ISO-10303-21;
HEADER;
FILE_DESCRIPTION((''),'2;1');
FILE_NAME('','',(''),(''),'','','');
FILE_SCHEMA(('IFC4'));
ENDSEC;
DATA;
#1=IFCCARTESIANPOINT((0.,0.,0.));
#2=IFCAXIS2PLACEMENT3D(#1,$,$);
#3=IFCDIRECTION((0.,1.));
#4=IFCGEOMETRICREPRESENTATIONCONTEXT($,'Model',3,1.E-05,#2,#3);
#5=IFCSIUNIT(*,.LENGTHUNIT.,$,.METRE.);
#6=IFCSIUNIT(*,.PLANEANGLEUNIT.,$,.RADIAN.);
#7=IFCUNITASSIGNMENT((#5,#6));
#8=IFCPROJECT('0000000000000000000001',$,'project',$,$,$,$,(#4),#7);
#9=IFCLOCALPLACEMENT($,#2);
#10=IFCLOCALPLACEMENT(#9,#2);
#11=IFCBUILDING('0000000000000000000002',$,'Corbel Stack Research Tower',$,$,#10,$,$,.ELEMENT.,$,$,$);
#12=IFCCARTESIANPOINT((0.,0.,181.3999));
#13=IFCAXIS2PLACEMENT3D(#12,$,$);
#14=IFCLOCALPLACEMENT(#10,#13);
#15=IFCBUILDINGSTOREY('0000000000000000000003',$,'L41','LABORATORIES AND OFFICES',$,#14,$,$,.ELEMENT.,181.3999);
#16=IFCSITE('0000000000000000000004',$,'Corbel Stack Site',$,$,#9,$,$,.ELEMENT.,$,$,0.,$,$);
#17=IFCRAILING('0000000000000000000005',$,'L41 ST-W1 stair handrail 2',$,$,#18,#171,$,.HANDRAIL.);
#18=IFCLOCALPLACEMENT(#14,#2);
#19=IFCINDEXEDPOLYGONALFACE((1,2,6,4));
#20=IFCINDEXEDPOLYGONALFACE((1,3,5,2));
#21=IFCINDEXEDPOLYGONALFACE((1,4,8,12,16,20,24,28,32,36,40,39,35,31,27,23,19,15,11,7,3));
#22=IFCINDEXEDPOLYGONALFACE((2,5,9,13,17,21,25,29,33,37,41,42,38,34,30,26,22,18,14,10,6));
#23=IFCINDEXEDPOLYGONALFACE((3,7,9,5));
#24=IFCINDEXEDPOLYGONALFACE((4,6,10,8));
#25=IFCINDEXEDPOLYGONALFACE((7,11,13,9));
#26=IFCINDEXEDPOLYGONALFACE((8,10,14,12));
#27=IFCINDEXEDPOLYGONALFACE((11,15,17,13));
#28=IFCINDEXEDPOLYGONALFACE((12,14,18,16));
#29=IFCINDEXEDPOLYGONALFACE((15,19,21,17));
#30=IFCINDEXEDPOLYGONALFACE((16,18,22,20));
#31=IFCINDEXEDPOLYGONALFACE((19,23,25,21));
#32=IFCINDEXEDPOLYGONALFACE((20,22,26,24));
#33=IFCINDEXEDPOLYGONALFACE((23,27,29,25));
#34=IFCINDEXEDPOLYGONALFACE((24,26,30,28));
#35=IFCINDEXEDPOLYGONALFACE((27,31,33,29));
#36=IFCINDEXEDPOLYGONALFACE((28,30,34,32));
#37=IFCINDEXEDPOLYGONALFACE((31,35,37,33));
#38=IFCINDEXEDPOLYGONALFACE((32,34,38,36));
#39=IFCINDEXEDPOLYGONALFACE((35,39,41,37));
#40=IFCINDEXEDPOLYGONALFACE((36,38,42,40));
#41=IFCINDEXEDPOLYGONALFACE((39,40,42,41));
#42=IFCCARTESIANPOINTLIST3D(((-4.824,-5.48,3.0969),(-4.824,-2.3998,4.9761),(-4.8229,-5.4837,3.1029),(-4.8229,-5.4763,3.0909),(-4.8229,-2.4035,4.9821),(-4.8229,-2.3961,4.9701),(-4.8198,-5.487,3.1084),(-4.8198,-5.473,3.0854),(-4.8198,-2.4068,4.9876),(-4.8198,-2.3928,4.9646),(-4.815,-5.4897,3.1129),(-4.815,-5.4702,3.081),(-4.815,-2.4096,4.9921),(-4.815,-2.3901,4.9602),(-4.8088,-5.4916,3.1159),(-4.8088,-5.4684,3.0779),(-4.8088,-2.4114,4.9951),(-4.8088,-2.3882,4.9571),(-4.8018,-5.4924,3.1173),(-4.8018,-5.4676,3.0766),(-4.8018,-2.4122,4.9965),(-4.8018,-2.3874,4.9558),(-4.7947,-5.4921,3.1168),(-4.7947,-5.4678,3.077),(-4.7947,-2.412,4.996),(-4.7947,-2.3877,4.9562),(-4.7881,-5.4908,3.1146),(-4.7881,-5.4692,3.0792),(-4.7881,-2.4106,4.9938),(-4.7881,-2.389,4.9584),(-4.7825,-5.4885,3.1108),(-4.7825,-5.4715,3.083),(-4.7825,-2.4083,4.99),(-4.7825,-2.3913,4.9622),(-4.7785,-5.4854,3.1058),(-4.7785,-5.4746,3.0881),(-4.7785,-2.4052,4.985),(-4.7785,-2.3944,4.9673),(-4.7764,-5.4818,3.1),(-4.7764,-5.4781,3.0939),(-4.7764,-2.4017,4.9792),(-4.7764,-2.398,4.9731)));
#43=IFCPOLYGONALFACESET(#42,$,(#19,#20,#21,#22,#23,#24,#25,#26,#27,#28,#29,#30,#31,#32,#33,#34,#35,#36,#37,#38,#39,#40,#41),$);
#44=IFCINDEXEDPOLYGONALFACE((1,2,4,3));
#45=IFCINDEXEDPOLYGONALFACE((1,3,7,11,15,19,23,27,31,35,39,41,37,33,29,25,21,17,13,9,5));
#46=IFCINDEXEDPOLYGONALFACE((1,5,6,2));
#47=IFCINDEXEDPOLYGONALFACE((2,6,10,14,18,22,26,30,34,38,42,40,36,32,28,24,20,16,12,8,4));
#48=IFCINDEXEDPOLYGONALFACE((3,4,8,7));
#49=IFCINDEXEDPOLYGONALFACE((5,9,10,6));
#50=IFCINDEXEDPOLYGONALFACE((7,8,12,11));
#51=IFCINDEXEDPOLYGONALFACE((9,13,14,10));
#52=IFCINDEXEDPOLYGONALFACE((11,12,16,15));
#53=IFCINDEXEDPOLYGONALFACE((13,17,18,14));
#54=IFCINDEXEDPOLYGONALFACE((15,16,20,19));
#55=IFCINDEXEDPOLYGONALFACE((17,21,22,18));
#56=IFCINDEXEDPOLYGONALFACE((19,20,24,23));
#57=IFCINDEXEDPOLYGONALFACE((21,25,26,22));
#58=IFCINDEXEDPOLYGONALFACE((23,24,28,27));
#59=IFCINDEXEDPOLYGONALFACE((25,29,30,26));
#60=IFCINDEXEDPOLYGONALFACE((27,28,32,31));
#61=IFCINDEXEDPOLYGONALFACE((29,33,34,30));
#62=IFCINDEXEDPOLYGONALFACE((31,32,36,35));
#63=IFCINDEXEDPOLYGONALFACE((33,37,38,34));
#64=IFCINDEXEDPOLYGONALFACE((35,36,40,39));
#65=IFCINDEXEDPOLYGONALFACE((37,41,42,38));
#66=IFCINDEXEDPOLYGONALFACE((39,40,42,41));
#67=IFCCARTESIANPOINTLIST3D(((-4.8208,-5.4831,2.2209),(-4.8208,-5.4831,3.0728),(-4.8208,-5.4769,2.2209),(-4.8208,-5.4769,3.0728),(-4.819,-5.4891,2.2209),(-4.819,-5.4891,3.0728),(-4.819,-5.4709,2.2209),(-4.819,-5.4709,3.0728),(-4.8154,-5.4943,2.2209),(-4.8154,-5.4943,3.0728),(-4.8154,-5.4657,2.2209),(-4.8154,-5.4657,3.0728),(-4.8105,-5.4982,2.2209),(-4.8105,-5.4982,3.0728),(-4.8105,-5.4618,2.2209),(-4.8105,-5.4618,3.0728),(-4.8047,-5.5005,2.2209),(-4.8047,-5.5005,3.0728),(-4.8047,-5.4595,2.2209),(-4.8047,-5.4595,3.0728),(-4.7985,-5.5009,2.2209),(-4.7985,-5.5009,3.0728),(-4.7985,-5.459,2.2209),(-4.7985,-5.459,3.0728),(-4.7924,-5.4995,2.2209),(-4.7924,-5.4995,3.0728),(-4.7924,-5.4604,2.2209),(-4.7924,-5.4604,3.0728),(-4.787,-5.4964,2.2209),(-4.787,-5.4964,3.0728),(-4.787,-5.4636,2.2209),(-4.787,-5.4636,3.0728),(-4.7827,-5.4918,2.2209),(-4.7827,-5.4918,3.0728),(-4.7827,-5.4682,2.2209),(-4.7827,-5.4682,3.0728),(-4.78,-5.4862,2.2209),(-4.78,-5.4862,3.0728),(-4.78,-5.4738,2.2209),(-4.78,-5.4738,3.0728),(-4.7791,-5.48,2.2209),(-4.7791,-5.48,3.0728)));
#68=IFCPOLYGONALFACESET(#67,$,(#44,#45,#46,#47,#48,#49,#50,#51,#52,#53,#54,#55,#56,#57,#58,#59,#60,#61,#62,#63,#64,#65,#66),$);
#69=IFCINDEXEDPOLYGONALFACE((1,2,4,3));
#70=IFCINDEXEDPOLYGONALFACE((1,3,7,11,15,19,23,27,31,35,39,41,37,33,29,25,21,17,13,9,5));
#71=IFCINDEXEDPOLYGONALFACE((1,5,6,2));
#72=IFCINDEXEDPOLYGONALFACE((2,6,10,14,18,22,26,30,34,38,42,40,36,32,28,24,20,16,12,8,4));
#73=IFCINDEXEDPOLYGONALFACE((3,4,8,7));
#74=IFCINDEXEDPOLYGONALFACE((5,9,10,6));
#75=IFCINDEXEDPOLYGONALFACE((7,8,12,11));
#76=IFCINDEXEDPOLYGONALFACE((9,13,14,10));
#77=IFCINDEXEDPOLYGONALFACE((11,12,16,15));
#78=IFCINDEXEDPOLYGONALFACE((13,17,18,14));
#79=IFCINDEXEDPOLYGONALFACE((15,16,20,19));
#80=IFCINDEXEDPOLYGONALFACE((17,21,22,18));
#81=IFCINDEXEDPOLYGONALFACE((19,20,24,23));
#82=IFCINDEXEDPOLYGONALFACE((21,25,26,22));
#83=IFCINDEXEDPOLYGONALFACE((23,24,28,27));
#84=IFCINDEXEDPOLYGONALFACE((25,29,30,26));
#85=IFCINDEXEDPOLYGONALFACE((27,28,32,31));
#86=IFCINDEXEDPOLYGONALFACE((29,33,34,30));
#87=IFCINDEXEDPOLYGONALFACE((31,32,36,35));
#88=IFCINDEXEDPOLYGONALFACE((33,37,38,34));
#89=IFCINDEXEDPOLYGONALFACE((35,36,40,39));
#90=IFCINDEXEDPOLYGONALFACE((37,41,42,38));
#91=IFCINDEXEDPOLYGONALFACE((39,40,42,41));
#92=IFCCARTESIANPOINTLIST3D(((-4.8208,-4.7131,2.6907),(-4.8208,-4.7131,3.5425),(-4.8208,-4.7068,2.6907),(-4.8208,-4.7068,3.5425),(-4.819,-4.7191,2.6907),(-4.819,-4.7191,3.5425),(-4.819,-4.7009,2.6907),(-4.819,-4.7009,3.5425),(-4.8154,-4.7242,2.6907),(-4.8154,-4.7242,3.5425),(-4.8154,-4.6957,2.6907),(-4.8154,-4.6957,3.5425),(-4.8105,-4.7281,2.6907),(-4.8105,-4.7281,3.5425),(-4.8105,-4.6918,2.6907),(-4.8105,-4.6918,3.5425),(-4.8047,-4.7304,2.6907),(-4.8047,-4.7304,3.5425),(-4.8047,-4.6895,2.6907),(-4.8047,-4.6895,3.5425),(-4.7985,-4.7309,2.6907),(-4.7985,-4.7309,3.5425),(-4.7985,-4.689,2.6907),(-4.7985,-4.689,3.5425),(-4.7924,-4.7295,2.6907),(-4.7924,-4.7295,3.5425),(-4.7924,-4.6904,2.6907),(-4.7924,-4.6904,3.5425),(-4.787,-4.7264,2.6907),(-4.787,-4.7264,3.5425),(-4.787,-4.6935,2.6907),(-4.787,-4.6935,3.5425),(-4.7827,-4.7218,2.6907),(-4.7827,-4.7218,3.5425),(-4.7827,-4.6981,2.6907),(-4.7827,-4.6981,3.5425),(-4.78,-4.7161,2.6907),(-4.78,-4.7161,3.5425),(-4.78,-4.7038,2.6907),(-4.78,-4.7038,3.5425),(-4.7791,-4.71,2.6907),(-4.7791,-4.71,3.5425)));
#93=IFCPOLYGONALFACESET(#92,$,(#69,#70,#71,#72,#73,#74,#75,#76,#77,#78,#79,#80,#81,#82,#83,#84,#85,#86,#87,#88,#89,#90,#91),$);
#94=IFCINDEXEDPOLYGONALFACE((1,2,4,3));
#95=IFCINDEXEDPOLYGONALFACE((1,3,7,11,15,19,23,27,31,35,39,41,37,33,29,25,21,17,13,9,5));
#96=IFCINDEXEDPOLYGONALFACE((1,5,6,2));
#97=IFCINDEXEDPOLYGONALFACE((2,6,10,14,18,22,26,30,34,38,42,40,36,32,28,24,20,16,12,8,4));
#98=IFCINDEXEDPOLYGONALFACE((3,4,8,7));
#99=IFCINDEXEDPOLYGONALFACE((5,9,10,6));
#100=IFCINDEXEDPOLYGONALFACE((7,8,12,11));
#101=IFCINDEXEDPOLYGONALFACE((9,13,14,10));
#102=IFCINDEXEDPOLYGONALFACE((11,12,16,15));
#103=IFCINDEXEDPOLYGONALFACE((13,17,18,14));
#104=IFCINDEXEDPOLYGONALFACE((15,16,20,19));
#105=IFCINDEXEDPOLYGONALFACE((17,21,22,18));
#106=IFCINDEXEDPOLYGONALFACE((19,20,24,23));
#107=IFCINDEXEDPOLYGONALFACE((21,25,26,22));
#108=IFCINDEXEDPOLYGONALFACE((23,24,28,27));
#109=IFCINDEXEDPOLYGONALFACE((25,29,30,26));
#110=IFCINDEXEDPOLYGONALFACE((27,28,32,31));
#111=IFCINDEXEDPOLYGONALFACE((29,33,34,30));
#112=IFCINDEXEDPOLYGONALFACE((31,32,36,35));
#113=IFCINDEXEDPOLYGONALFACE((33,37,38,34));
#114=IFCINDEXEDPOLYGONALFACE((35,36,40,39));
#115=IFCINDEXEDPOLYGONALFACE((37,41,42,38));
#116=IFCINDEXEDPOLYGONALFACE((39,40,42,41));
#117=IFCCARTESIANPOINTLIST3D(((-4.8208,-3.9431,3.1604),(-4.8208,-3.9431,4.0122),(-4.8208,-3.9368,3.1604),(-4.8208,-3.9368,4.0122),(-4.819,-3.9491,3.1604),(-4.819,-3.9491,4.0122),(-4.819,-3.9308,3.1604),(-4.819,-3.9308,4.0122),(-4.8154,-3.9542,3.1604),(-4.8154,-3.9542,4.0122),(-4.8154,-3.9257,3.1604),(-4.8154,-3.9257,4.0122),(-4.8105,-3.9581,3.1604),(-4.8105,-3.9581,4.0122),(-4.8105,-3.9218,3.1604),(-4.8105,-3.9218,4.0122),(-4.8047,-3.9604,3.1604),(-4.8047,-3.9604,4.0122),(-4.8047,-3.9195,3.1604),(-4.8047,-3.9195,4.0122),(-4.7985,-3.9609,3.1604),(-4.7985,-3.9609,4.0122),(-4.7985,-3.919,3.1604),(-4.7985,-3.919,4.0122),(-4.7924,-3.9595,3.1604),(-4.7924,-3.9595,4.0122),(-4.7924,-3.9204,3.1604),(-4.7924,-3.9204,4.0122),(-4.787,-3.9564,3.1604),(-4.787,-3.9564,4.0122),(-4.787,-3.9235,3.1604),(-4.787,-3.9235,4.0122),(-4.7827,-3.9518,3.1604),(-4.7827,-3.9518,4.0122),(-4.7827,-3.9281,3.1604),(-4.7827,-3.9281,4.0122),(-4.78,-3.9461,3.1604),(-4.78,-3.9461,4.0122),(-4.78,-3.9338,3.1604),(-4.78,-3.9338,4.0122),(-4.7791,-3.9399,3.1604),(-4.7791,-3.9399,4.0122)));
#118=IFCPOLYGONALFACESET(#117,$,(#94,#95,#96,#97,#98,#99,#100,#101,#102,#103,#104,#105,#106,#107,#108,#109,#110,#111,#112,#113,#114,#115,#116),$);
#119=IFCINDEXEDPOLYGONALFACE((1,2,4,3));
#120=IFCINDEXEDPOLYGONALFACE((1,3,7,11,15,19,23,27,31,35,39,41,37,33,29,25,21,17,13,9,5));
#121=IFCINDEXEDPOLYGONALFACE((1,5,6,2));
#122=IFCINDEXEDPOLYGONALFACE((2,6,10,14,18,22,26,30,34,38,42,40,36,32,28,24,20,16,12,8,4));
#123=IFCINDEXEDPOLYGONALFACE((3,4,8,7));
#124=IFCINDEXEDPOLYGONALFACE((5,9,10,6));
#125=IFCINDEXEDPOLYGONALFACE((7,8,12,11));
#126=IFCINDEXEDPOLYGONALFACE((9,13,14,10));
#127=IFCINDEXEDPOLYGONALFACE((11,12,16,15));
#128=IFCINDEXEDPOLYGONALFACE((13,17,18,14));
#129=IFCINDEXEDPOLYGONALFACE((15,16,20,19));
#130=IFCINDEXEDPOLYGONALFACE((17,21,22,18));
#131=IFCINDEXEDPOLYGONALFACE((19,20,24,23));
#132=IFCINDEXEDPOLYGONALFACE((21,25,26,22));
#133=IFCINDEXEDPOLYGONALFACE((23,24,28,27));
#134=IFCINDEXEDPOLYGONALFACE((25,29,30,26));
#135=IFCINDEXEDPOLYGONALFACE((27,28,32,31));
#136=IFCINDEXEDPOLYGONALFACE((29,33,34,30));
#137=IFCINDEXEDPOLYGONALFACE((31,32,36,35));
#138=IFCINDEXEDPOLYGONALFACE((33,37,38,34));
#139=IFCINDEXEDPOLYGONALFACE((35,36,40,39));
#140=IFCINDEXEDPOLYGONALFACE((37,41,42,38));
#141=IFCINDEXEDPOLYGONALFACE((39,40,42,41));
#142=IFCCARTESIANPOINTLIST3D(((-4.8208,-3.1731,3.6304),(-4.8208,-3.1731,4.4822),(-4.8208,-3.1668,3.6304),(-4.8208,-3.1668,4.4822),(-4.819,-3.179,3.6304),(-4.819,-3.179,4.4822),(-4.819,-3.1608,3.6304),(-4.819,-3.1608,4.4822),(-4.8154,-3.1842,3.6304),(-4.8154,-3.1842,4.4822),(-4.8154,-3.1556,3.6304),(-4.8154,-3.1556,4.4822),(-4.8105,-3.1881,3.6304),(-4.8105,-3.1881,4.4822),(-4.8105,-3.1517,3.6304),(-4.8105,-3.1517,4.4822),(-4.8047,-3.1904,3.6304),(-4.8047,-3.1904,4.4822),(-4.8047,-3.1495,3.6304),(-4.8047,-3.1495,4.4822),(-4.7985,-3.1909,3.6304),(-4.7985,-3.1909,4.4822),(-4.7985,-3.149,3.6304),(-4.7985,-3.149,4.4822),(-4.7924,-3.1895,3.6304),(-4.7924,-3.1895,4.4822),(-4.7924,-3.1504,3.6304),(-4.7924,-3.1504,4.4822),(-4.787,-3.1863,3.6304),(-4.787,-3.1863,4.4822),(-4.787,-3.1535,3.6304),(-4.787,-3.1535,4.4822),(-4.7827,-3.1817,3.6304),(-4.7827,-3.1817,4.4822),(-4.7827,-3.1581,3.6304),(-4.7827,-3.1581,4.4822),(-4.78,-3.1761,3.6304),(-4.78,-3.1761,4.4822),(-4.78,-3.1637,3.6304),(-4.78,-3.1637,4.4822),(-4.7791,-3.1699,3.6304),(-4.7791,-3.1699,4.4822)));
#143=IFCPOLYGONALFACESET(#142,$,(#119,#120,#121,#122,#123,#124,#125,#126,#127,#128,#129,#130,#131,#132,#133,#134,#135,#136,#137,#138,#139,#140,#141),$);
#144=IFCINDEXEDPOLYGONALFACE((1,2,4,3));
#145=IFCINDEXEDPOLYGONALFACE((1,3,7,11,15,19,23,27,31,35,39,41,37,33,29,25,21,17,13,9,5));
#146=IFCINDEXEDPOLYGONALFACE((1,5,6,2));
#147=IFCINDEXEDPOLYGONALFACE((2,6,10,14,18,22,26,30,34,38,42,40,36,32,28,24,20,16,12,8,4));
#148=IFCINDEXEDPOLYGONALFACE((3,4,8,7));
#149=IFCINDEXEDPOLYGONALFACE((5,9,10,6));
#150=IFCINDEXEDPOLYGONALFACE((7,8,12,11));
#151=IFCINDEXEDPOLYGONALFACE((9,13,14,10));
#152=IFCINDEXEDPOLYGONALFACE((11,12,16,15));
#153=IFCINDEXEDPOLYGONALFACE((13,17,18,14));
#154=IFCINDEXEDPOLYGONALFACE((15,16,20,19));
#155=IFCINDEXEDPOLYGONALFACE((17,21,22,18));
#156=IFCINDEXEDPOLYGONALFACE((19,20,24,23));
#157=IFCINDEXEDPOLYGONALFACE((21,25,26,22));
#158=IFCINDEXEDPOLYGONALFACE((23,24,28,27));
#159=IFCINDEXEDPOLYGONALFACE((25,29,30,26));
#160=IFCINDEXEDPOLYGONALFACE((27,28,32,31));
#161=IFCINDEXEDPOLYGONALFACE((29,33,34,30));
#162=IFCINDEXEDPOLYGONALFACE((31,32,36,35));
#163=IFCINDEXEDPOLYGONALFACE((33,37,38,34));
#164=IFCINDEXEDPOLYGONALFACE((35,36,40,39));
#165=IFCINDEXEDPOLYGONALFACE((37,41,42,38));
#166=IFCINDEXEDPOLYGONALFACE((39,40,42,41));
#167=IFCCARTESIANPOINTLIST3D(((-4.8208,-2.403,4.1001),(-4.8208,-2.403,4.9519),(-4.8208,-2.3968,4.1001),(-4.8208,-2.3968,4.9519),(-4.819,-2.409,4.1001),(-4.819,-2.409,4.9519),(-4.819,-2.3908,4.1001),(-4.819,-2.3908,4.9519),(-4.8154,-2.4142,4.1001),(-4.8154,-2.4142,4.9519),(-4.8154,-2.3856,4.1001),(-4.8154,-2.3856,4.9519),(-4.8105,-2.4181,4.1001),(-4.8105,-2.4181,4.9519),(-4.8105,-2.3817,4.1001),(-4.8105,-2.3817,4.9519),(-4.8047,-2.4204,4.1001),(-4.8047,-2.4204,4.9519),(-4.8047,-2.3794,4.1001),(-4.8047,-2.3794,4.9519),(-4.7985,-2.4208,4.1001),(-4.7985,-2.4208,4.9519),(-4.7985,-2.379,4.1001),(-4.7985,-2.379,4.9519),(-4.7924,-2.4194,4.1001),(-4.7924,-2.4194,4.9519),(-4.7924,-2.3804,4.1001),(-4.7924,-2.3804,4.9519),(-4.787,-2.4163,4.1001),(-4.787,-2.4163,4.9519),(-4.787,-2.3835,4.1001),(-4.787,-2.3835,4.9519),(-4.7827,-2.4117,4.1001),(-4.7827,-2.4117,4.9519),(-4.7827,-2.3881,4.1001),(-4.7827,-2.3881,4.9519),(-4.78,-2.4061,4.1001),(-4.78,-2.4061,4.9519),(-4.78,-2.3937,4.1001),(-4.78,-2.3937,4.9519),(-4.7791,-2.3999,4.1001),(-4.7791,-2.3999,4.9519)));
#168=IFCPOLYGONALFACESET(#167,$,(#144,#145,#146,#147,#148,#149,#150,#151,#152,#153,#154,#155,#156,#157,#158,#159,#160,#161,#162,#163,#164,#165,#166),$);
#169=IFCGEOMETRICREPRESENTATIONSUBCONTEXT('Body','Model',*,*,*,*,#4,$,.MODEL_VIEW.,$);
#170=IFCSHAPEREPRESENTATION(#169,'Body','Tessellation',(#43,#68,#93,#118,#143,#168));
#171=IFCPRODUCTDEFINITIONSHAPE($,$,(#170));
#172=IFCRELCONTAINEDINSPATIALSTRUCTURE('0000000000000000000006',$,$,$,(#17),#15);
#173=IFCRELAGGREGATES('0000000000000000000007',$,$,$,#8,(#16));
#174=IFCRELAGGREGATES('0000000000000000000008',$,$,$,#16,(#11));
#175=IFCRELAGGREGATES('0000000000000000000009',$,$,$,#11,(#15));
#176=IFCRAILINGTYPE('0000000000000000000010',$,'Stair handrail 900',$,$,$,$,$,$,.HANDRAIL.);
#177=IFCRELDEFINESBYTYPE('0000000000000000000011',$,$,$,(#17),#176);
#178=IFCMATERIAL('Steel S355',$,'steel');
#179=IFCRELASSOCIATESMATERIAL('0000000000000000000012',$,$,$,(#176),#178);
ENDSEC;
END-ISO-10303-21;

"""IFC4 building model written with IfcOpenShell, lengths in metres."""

from ifc_helpers import new_model, si_unit, direction, frame, origin, origin_2d, place, context, subcontext, project, spatial, circle, extrude, material, type_object, element, save


model = new_model("IFC4")

# Units and contexts
model_context = context("Model", 3, precision=1e-05, world=origin(), true_north=direction((0.0, 1.0)))
body_context = subcontext(model_context, "Body", "Model", "MODEL_VIEW")
ifc_project = project(units=[si_unit("LENGTHUNIT", "METRE"), si_unit("PLANEANGLEUNIT", "RADIAN")], contexts=[model_context])

# Site, building, storey
site_placement = place(None, origin())
site = spatial("IfcSite", under=ifc_project, at=site_placement, Name="Corbel Stack Site", CompositionType="ELEMENT", RefElevation=0.0)
building_placement = place(site_placement, origin())
building = spatial("IfcBuilding", under=site, at=building_placement, Name="Corbel Stack Research Tower", CompositionType="ELEMENT")
storey_placement = place(building_placement, frame((0.0, 0.0, 181.3999)))
storey = spatial("IfcBuildingStorey", under=building, at=storey_placement, Name="L41", Description="LABORATORIES AND OFFICES", CompositionType="ELEMENT", Elevation=181.3999)

# Railing
ifc_material_1 = material(Name="Steel S355", Category="steel")
railing_type_1 = type_object("IfcRailingType", Name="Stair handrail 900", PredefinedType="HANDRAIL", material=ifc_material_1)
railing_1_placement = place(storey_placement, frame((-4.8, -5.48, 2.2209)))
element("IfcRailing", 1, at=railing_1_placement, inside=storey, type_object=railing_type_1, Name="L41 ST-W1 stair handrail 2", PredefinedType="HANDRAIL", context=body_context, shape_type="SweptSolid", body=[
    extrude(circle(Radius=0.0239, at=origin_2d()), frame((0.0, 0.0, 0.876), z_axis=(0.0, 0.853666, 0.52082), x_axis=(-1.0, 0.0, 0.0)), (0.0, 0.0, 1.0), 3.6082),
    extrude(circle(Radius=0.021, at=origin_2d()), origin(), (0.0, 0.0, 1.0), 0.8518),
    extrude(circle(Radius=0.021, at=origin_2d()), frame((0.0, 0.77, 0.4697)), (0.0, 0.0, 1.0), 0.8518),
    extrude(circle(Radius=0.021, at=origin_2d()), frame((0.0, 1.54, 0.9395)), (0.0, 0.0, 1.0), 0.8518),
    extrude(circle(Radius=0.021, at=origin_2d()), frame((0.0, 2.3101, 1.4094)), (0.0, 0.0, 1.0), 0.8518),
    extrude(circle(Radius=0.021, at=origin_2d()), frame((0.0, 3.0801, 1.8792)), (0.0, 0.0, 1.0), 0.8518),
])

save(model, "model.ifc")
